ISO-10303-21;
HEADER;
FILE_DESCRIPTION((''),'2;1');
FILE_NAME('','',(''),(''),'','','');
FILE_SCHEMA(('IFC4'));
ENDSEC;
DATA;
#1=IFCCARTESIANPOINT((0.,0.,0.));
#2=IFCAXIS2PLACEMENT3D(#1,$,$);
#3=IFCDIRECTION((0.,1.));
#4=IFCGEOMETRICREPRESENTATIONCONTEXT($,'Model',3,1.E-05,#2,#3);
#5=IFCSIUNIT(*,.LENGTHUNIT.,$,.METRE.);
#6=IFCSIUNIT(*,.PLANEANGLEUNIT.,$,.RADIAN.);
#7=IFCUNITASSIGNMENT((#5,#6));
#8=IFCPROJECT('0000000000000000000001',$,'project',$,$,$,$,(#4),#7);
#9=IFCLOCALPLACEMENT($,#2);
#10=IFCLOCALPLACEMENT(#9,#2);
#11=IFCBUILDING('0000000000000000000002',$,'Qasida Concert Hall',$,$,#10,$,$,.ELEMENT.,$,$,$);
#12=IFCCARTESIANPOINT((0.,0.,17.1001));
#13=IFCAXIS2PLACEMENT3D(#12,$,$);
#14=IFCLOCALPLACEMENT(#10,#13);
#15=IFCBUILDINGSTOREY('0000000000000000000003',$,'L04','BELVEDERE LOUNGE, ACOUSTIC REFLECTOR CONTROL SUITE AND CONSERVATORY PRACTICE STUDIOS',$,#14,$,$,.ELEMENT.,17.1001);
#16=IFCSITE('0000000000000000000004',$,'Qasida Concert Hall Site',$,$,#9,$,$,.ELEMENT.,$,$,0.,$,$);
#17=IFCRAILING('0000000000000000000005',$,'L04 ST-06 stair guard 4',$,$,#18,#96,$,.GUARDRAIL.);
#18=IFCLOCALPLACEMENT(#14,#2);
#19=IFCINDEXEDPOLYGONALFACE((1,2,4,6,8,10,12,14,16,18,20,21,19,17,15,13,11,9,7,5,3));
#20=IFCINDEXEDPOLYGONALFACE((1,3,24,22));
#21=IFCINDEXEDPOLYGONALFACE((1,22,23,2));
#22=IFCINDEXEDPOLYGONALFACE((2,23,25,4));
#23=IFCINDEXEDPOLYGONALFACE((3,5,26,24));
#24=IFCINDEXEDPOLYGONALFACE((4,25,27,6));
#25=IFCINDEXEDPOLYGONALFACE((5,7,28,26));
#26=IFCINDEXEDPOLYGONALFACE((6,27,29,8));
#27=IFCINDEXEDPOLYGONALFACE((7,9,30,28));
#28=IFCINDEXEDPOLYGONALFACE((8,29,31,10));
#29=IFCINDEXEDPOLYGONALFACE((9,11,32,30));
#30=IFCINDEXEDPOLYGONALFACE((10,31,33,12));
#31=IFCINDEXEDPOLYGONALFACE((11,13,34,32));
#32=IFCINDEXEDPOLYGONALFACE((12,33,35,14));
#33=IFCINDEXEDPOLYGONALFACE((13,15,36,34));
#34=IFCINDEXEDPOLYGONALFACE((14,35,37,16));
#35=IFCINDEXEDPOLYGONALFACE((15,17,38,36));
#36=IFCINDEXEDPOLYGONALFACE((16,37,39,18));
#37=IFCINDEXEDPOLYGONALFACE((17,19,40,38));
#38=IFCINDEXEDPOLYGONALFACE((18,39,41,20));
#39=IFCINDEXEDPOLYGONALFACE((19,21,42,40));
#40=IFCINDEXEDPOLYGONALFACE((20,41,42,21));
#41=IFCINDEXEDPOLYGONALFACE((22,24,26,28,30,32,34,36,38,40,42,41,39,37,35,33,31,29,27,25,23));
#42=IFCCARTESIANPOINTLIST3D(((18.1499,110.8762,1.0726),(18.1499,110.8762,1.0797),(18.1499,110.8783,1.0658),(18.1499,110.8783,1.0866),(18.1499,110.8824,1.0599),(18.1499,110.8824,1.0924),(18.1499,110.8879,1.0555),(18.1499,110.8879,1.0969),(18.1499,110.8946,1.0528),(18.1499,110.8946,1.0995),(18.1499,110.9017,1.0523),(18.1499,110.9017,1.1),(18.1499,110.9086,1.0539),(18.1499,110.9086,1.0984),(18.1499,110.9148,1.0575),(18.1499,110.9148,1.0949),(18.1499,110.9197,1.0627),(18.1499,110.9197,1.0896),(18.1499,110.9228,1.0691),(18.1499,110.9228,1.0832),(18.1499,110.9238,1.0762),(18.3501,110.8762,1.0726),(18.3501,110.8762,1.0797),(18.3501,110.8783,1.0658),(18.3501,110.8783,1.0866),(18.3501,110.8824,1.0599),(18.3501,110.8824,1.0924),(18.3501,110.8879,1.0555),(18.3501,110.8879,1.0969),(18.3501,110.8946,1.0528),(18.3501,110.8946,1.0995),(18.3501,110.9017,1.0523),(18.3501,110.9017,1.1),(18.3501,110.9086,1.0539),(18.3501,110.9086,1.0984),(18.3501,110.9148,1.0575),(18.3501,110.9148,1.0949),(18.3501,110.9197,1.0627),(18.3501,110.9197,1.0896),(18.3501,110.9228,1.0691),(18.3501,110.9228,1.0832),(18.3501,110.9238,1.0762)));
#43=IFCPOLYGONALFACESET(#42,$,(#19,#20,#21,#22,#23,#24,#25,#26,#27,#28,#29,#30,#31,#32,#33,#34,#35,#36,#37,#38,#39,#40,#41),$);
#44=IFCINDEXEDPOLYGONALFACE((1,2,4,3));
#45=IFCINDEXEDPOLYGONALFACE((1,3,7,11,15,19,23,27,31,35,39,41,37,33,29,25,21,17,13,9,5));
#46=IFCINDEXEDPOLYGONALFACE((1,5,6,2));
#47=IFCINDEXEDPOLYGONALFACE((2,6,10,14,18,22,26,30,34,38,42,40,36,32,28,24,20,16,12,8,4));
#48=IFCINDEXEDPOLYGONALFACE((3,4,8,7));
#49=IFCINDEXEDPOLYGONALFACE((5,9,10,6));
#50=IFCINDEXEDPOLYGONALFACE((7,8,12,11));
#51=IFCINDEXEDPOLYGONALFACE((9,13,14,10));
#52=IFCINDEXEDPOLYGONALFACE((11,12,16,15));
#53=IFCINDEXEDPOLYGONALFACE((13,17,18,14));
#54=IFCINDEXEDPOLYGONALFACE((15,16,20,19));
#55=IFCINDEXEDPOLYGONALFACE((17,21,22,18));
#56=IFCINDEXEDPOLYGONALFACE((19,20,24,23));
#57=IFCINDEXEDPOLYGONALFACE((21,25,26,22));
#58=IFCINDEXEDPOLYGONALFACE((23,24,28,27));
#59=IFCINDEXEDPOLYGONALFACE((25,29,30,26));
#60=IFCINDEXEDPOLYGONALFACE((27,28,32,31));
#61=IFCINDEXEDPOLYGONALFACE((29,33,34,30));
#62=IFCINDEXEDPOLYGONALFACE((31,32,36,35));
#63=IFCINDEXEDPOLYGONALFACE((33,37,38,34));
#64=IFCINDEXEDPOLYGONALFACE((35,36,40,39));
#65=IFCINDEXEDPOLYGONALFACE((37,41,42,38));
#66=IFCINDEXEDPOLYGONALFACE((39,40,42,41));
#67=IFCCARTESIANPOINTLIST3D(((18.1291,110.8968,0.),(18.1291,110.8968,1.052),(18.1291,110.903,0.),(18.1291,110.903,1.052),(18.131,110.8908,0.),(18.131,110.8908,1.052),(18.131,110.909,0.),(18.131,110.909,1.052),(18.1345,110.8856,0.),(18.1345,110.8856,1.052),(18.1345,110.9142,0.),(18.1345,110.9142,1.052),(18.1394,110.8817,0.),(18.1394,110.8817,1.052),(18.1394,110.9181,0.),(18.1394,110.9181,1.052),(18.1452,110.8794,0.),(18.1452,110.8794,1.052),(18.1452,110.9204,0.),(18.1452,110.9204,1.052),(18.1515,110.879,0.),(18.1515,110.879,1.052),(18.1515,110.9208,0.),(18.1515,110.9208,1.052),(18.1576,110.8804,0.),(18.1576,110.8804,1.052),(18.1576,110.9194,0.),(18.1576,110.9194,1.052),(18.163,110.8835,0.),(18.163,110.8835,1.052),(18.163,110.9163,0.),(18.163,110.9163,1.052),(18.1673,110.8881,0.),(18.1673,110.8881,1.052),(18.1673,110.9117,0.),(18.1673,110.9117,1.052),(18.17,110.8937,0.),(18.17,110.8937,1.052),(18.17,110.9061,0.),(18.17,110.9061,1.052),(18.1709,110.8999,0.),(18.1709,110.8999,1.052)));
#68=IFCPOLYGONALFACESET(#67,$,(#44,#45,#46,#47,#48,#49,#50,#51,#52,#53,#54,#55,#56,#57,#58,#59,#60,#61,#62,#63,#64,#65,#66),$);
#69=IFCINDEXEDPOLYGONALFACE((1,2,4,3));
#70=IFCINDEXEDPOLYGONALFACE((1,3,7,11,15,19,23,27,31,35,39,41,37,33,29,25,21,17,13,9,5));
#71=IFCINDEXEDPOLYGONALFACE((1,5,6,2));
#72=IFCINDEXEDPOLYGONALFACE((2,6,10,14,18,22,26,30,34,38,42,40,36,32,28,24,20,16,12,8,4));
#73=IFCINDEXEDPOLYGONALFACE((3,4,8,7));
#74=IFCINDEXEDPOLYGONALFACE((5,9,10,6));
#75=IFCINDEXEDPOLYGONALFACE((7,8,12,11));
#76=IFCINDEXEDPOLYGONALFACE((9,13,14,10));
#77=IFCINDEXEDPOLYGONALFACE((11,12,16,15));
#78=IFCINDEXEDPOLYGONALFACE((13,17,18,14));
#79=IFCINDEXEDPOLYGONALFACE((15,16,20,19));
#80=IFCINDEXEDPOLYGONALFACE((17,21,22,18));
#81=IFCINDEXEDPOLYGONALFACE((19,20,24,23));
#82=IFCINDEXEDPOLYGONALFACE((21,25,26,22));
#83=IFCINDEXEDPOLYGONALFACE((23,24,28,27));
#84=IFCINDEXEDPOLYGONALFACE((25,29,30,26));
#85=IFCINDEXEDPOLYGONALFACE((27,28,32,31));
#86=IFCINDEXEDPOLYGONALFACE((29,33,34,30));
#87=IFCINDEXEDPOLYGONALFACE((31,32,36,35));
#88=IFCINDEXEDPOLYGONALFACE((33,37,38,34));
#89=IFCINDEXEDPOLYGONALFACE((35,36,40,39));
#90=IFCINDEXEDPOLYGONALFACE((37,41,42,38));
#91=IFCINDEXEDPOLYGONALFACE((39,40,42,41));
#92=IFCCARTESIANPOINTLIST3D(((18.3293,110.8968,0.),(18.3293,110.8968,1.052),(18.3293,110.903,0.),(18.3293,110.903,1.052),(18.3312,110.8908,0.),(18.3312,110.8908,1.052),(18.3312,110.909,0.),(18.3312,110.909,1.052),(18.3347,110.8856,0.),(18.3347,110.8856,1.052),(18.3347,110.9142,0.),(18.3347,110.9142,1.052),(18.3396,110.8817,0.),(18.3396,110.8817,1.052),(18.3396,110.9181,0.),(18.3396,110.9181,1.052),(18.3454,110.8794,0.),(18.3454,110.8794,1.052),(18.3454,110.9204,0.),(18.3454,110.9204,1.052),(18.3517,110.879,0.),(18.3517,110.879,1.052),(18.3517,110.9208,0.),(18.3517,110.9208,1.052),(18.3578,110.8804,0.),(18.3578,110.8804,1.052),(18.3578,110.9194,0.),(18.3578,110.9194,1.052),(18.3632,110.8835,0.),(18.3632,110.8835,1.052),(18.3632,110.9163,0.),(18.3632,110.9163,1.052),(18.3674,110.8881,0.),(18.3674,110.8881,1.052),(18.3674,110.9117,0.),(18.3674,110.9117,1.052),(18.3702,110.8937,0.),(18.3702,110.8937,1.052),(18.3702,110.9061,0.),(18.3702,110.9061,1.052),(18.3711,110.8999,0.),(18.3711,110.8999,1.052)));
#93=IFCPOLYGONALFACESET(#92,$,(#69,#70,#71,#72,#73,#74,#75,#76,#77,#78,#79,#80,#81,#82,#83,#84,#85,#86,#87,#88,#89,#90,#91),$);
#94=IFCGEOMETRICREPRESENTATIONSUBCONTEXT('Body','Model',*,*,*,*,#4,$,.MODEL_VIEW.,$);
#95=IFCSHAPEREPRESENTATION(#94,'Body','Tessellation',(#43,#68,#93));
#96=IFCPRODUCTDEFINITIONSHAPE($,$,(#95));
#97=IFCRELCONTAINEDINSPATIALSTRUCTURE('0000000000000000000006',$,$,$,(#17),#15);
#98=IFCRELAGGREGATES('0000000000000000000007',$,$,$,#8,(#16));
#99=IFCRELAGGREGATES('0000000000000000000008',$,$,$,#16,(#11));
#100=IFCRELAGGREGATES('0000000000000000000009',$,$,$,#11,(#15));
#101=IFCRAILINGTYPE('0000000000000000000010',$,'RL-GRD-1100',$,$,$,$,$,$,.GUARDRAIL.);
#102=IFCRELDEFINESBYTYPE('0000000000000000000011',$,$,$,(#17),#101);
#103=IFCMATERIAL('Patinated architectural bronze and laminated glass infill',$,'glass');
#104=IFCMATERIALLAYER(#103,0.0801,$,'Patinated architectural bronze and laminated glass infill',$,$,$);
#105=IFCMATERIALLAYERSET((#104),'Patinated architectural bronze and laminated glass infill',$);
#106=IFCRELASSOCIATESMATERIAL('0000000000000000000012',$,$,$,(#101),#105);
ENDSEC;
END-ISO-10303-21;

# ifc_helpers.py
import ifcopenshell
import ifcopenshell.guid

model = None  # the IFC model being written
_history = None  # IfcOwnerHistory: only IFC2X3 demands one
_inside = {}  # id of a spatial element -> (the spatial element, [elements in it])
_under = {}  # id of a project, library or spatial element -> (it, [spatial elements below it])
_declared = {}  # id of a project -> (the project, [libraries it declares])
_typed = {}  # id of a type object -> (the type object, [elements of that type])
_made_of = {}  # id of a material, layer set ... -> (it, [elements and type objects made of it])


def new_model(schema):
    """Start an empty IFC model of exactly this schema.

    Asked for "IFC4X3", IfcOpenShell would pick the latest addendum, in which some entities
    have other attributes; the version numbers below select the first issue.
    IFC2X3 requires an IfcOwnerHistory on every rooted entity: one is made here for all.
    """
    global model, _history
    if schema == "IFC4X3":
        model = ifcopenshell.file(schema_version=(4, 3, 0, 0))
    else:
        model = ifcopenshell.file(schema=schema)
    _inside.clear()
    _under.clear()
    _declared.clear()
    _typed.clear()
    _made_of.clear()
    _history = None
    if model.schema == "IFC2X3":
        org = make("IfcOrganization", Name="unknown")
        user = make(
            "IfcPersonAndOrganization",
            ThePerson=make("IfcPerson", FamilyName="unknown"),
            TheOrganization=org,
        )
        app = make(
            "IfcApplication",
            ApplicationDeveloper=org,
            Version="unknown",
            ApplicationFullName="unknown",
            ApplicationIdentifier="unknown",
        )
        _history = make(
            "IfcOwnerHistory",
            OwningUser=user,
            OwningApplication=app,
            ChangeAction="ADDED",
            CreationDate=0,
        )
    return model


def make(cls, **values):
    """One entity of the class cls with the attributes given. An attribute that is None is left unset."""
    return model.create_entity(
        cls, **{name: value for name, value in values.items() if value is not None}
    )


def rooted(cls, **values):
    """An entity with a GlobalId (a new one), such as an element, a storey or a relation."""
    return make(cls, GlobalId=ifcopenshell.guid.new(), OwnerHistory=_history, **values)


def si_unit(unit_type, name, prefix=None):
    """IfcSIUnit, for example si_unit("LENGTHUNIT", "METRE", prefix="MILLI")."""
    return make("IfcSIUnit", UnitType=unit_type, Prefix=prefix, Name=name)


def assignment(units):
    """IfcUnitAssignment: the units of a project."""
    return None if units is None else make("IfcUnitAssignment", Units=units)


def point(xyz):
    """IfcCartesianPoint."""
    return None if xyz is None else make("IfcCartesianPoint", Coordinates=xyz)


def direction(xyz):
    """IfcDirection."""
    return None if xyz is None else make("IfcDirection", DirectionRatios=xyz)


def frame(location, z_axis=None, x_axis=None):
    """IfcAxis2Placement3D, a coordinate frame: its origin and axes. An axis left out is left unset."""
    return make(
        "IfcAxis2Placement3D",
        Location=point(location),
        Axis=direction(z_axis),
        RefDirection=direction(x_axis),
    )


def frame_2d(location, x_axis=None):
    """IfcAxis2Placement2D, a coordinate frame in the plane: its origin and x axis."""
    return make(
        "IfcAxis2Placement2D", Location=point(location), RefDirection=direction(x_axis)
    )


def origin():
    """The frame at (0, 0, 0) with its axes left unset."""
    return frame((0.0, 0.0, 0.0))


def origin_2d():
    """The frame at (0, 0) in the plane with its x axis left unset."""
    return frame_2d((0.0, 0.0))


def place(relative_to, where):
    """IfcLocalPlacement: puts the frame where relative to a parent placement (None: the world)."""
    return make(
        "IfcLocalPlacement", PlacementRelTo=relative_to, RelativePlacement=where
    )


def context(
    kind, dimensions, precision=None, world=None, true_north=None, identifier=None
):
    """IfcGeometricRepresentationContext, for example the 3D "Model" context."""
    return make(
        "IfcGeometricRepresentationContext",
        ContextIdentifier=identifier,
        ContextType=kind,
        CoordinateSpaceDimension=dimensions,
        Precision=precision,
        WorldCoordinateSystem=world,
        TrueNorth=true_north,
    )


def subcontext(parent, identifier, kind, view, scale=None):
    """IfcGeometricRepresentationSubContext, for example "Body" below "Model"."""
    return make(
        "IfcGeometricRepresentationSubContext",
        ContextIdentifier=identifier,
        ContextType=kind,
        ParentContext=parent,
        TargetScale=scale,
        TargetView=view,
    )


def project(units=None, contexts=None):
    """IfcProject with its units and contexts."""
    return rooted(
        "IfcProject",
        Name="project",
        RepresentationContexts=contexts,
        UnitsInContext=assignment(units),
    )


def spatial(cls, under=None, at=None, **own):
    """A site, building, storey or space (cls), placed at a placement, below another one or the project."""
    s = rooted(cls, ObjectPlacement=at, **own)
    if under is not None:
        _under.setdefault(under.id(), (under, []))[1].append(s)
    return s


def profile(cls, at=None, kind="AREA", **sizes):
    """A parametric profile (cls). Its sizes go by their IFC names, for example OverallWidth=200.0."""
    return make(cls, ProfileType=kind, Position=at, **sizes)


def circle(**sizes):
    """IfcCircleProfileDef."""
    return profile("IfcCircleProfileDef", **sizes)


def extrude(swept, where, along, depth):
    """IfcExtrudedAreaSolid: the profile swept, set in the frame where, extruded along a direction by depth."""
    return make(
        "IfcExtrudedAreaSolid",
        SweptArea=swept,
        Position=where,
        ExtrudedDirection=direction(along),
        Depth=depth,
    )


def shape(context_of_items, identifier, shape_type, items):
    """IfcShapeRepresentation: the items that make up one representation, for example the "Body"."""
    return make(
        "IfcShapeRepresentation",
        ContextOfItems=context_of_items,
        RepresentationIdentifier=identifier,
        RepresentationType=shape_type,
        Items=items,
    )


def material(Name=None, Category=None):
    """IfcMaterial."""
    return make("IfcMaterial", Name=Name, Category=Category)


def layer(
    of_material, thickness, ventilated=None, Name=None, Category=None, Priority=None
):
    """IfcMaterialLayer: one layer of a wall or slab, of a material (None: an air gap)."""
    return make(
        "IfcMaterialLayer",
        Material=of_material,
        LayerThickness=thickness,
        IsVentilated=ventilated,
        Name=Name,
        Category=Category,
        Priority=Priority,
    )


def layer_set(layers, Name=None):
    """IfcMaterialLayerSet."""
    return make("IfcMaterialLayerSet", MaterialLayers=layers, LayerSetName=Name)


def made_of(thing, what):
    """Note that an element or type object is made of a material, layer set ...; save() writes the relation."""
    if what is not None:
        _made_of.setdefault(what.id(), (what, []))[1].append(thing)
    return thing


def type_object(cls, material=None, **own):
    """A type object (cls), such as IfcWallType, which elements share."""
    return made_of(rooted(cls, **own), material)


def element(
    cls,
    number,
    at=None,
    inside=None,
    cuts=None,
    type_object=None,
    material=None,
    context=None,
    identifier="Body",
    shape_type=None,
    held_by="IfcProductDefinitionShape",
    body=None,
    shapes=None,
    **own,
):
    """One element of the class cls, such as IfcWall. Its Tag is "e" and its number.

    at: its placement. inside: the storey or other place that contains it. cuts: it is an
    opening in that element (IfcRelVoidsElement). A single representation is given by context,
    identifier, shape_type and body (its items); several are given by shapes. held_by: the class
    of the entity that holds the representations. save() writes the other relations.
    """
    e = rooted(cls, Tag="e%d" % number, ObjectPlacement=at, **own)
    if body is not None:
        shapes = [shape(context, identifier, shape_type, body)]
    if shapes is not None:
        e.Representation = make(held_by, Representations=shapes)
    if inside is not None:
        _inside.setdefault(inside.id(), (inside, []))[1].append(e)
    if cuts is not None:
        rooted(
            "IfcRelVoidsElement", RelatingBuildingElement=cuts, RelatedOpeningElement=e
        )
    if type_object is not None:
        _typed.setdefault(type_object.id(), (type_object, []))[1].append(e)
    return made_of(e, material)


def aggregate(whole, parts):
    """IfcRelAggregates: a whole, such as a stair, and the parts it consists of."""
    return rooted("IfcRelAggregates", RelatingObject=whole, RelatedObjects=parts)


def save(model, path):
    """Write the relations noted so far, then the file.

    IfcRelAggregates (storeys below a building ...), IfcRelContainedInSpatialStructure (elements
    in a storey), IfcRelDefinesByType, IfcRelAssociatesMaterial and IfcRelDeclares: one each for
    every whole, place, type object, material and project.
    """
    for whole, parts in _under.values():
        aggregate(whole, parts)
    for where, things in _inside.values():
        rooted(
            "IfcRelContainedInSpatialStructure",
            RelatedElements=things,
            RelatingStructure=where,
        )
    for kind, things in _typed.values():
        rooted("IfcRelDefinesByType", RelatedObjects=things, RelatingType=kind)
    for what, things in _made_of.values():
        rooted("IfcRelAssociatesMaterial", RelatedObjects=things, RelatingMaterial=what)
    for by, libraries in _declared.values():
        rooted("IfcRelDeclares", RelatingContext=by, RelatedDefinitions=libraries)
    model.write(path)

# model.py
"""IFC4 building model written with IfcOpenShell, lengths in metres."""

from ifc_helpers import new_model, si_unit, direction, frame, origin, origin_2d, place, context, subcontext, project, spatial, circle, extrude, material, layer, layer_set, type_object, element, save


model = new_model("IFC4")

# Units and contexts
model_context = context("Model", 3, precision=1e-05, world=origin(), true_north=direction((0.0, 1.0)))
body_context = subcontext(model_context, "Body", "Model", "MODEL_VIEW")
ifc_project = project(units=[si_unit("LENGTHUNIT", "METRE"), si_unit("PLANEANGLEUNIT", "RADIAN")], contexts=[model_context])

# Site, building, storey
site_placement = place(None, origin())
site = spatial("IfcSite", under=ifc_project, at=site_placement, Name="Qasida Concert Hall Site", CompositionType="ELEMENT", RefElevation=0.0)
building_placement = place(site_placement, origin())
building = spatial("IfcBuilding", under=site, at=building_placement, Name="Qasida Concert Hall", CompositionType="ELEMENT")
storey_placement = place(building_placement, frame((0.0, 0.0, 17.1001)))
storey = spatial("IfcBuildingStorey", under=building, at=storey_placement, Name="L04", Description="BELVEDERE LOUNGE, ACOUSTIC REFLECTOR CONTROL SUITE AND CONSERVATORY PRACTICE STUDIOS", CompositionType="ELEMENT", Elevation=17.1001)

# Railing
ifc_material_1 = material(Name="Patinated architectural bronze and laminated glass infill", Category="glass")
ifc_layer_1 = layer(ifc_material_1, 0.0801, Name="Patinated architectural bronze and laminated glass infill")
ifc_layer_set_1 = layer_set([ifc_layer_1], Name="Patinated architectural bronze and laminated glass infill")
railing_type_1 = type_object("IfcRailingType", Name="RL-GRD-1100", PredefinedType="GUARDRAIL", material=ifc_layer_set_1)
railing_1_placement = place(storey_placement, frame((18.1499, 110.8999, 0.0)))
element("IfcRailing", 1, at=railing_1_placement, inside=storey, type_object=railing_type_1, Name="L04 ST-06 stair guard 4", PredefinedType="GUARDRAIL", context=body_context, shape_type="SweptSolid", body=[
    extrude(circle(Radius=0.0239, at=origin_2d()), frame((0.0, 0.0, 1.0762), z_axis=(1.0, 0.0, 0.0), x_axis=(0.0, 1.0, 0.0)), (0.0, 0.0, 1.0), 0.2002),
    extrude(circle(Radius=0.021, at=origin_2d()), origin(), (0.0, 0.0, 1.0), 1.052),
    extrude(circle(Radius=0.021, at=origin_2d()), frame((0.2002, 0.0, 0.0)), (0.0, 0.0, 1.0), 1.052),
])

save(model, "model.ifc")
